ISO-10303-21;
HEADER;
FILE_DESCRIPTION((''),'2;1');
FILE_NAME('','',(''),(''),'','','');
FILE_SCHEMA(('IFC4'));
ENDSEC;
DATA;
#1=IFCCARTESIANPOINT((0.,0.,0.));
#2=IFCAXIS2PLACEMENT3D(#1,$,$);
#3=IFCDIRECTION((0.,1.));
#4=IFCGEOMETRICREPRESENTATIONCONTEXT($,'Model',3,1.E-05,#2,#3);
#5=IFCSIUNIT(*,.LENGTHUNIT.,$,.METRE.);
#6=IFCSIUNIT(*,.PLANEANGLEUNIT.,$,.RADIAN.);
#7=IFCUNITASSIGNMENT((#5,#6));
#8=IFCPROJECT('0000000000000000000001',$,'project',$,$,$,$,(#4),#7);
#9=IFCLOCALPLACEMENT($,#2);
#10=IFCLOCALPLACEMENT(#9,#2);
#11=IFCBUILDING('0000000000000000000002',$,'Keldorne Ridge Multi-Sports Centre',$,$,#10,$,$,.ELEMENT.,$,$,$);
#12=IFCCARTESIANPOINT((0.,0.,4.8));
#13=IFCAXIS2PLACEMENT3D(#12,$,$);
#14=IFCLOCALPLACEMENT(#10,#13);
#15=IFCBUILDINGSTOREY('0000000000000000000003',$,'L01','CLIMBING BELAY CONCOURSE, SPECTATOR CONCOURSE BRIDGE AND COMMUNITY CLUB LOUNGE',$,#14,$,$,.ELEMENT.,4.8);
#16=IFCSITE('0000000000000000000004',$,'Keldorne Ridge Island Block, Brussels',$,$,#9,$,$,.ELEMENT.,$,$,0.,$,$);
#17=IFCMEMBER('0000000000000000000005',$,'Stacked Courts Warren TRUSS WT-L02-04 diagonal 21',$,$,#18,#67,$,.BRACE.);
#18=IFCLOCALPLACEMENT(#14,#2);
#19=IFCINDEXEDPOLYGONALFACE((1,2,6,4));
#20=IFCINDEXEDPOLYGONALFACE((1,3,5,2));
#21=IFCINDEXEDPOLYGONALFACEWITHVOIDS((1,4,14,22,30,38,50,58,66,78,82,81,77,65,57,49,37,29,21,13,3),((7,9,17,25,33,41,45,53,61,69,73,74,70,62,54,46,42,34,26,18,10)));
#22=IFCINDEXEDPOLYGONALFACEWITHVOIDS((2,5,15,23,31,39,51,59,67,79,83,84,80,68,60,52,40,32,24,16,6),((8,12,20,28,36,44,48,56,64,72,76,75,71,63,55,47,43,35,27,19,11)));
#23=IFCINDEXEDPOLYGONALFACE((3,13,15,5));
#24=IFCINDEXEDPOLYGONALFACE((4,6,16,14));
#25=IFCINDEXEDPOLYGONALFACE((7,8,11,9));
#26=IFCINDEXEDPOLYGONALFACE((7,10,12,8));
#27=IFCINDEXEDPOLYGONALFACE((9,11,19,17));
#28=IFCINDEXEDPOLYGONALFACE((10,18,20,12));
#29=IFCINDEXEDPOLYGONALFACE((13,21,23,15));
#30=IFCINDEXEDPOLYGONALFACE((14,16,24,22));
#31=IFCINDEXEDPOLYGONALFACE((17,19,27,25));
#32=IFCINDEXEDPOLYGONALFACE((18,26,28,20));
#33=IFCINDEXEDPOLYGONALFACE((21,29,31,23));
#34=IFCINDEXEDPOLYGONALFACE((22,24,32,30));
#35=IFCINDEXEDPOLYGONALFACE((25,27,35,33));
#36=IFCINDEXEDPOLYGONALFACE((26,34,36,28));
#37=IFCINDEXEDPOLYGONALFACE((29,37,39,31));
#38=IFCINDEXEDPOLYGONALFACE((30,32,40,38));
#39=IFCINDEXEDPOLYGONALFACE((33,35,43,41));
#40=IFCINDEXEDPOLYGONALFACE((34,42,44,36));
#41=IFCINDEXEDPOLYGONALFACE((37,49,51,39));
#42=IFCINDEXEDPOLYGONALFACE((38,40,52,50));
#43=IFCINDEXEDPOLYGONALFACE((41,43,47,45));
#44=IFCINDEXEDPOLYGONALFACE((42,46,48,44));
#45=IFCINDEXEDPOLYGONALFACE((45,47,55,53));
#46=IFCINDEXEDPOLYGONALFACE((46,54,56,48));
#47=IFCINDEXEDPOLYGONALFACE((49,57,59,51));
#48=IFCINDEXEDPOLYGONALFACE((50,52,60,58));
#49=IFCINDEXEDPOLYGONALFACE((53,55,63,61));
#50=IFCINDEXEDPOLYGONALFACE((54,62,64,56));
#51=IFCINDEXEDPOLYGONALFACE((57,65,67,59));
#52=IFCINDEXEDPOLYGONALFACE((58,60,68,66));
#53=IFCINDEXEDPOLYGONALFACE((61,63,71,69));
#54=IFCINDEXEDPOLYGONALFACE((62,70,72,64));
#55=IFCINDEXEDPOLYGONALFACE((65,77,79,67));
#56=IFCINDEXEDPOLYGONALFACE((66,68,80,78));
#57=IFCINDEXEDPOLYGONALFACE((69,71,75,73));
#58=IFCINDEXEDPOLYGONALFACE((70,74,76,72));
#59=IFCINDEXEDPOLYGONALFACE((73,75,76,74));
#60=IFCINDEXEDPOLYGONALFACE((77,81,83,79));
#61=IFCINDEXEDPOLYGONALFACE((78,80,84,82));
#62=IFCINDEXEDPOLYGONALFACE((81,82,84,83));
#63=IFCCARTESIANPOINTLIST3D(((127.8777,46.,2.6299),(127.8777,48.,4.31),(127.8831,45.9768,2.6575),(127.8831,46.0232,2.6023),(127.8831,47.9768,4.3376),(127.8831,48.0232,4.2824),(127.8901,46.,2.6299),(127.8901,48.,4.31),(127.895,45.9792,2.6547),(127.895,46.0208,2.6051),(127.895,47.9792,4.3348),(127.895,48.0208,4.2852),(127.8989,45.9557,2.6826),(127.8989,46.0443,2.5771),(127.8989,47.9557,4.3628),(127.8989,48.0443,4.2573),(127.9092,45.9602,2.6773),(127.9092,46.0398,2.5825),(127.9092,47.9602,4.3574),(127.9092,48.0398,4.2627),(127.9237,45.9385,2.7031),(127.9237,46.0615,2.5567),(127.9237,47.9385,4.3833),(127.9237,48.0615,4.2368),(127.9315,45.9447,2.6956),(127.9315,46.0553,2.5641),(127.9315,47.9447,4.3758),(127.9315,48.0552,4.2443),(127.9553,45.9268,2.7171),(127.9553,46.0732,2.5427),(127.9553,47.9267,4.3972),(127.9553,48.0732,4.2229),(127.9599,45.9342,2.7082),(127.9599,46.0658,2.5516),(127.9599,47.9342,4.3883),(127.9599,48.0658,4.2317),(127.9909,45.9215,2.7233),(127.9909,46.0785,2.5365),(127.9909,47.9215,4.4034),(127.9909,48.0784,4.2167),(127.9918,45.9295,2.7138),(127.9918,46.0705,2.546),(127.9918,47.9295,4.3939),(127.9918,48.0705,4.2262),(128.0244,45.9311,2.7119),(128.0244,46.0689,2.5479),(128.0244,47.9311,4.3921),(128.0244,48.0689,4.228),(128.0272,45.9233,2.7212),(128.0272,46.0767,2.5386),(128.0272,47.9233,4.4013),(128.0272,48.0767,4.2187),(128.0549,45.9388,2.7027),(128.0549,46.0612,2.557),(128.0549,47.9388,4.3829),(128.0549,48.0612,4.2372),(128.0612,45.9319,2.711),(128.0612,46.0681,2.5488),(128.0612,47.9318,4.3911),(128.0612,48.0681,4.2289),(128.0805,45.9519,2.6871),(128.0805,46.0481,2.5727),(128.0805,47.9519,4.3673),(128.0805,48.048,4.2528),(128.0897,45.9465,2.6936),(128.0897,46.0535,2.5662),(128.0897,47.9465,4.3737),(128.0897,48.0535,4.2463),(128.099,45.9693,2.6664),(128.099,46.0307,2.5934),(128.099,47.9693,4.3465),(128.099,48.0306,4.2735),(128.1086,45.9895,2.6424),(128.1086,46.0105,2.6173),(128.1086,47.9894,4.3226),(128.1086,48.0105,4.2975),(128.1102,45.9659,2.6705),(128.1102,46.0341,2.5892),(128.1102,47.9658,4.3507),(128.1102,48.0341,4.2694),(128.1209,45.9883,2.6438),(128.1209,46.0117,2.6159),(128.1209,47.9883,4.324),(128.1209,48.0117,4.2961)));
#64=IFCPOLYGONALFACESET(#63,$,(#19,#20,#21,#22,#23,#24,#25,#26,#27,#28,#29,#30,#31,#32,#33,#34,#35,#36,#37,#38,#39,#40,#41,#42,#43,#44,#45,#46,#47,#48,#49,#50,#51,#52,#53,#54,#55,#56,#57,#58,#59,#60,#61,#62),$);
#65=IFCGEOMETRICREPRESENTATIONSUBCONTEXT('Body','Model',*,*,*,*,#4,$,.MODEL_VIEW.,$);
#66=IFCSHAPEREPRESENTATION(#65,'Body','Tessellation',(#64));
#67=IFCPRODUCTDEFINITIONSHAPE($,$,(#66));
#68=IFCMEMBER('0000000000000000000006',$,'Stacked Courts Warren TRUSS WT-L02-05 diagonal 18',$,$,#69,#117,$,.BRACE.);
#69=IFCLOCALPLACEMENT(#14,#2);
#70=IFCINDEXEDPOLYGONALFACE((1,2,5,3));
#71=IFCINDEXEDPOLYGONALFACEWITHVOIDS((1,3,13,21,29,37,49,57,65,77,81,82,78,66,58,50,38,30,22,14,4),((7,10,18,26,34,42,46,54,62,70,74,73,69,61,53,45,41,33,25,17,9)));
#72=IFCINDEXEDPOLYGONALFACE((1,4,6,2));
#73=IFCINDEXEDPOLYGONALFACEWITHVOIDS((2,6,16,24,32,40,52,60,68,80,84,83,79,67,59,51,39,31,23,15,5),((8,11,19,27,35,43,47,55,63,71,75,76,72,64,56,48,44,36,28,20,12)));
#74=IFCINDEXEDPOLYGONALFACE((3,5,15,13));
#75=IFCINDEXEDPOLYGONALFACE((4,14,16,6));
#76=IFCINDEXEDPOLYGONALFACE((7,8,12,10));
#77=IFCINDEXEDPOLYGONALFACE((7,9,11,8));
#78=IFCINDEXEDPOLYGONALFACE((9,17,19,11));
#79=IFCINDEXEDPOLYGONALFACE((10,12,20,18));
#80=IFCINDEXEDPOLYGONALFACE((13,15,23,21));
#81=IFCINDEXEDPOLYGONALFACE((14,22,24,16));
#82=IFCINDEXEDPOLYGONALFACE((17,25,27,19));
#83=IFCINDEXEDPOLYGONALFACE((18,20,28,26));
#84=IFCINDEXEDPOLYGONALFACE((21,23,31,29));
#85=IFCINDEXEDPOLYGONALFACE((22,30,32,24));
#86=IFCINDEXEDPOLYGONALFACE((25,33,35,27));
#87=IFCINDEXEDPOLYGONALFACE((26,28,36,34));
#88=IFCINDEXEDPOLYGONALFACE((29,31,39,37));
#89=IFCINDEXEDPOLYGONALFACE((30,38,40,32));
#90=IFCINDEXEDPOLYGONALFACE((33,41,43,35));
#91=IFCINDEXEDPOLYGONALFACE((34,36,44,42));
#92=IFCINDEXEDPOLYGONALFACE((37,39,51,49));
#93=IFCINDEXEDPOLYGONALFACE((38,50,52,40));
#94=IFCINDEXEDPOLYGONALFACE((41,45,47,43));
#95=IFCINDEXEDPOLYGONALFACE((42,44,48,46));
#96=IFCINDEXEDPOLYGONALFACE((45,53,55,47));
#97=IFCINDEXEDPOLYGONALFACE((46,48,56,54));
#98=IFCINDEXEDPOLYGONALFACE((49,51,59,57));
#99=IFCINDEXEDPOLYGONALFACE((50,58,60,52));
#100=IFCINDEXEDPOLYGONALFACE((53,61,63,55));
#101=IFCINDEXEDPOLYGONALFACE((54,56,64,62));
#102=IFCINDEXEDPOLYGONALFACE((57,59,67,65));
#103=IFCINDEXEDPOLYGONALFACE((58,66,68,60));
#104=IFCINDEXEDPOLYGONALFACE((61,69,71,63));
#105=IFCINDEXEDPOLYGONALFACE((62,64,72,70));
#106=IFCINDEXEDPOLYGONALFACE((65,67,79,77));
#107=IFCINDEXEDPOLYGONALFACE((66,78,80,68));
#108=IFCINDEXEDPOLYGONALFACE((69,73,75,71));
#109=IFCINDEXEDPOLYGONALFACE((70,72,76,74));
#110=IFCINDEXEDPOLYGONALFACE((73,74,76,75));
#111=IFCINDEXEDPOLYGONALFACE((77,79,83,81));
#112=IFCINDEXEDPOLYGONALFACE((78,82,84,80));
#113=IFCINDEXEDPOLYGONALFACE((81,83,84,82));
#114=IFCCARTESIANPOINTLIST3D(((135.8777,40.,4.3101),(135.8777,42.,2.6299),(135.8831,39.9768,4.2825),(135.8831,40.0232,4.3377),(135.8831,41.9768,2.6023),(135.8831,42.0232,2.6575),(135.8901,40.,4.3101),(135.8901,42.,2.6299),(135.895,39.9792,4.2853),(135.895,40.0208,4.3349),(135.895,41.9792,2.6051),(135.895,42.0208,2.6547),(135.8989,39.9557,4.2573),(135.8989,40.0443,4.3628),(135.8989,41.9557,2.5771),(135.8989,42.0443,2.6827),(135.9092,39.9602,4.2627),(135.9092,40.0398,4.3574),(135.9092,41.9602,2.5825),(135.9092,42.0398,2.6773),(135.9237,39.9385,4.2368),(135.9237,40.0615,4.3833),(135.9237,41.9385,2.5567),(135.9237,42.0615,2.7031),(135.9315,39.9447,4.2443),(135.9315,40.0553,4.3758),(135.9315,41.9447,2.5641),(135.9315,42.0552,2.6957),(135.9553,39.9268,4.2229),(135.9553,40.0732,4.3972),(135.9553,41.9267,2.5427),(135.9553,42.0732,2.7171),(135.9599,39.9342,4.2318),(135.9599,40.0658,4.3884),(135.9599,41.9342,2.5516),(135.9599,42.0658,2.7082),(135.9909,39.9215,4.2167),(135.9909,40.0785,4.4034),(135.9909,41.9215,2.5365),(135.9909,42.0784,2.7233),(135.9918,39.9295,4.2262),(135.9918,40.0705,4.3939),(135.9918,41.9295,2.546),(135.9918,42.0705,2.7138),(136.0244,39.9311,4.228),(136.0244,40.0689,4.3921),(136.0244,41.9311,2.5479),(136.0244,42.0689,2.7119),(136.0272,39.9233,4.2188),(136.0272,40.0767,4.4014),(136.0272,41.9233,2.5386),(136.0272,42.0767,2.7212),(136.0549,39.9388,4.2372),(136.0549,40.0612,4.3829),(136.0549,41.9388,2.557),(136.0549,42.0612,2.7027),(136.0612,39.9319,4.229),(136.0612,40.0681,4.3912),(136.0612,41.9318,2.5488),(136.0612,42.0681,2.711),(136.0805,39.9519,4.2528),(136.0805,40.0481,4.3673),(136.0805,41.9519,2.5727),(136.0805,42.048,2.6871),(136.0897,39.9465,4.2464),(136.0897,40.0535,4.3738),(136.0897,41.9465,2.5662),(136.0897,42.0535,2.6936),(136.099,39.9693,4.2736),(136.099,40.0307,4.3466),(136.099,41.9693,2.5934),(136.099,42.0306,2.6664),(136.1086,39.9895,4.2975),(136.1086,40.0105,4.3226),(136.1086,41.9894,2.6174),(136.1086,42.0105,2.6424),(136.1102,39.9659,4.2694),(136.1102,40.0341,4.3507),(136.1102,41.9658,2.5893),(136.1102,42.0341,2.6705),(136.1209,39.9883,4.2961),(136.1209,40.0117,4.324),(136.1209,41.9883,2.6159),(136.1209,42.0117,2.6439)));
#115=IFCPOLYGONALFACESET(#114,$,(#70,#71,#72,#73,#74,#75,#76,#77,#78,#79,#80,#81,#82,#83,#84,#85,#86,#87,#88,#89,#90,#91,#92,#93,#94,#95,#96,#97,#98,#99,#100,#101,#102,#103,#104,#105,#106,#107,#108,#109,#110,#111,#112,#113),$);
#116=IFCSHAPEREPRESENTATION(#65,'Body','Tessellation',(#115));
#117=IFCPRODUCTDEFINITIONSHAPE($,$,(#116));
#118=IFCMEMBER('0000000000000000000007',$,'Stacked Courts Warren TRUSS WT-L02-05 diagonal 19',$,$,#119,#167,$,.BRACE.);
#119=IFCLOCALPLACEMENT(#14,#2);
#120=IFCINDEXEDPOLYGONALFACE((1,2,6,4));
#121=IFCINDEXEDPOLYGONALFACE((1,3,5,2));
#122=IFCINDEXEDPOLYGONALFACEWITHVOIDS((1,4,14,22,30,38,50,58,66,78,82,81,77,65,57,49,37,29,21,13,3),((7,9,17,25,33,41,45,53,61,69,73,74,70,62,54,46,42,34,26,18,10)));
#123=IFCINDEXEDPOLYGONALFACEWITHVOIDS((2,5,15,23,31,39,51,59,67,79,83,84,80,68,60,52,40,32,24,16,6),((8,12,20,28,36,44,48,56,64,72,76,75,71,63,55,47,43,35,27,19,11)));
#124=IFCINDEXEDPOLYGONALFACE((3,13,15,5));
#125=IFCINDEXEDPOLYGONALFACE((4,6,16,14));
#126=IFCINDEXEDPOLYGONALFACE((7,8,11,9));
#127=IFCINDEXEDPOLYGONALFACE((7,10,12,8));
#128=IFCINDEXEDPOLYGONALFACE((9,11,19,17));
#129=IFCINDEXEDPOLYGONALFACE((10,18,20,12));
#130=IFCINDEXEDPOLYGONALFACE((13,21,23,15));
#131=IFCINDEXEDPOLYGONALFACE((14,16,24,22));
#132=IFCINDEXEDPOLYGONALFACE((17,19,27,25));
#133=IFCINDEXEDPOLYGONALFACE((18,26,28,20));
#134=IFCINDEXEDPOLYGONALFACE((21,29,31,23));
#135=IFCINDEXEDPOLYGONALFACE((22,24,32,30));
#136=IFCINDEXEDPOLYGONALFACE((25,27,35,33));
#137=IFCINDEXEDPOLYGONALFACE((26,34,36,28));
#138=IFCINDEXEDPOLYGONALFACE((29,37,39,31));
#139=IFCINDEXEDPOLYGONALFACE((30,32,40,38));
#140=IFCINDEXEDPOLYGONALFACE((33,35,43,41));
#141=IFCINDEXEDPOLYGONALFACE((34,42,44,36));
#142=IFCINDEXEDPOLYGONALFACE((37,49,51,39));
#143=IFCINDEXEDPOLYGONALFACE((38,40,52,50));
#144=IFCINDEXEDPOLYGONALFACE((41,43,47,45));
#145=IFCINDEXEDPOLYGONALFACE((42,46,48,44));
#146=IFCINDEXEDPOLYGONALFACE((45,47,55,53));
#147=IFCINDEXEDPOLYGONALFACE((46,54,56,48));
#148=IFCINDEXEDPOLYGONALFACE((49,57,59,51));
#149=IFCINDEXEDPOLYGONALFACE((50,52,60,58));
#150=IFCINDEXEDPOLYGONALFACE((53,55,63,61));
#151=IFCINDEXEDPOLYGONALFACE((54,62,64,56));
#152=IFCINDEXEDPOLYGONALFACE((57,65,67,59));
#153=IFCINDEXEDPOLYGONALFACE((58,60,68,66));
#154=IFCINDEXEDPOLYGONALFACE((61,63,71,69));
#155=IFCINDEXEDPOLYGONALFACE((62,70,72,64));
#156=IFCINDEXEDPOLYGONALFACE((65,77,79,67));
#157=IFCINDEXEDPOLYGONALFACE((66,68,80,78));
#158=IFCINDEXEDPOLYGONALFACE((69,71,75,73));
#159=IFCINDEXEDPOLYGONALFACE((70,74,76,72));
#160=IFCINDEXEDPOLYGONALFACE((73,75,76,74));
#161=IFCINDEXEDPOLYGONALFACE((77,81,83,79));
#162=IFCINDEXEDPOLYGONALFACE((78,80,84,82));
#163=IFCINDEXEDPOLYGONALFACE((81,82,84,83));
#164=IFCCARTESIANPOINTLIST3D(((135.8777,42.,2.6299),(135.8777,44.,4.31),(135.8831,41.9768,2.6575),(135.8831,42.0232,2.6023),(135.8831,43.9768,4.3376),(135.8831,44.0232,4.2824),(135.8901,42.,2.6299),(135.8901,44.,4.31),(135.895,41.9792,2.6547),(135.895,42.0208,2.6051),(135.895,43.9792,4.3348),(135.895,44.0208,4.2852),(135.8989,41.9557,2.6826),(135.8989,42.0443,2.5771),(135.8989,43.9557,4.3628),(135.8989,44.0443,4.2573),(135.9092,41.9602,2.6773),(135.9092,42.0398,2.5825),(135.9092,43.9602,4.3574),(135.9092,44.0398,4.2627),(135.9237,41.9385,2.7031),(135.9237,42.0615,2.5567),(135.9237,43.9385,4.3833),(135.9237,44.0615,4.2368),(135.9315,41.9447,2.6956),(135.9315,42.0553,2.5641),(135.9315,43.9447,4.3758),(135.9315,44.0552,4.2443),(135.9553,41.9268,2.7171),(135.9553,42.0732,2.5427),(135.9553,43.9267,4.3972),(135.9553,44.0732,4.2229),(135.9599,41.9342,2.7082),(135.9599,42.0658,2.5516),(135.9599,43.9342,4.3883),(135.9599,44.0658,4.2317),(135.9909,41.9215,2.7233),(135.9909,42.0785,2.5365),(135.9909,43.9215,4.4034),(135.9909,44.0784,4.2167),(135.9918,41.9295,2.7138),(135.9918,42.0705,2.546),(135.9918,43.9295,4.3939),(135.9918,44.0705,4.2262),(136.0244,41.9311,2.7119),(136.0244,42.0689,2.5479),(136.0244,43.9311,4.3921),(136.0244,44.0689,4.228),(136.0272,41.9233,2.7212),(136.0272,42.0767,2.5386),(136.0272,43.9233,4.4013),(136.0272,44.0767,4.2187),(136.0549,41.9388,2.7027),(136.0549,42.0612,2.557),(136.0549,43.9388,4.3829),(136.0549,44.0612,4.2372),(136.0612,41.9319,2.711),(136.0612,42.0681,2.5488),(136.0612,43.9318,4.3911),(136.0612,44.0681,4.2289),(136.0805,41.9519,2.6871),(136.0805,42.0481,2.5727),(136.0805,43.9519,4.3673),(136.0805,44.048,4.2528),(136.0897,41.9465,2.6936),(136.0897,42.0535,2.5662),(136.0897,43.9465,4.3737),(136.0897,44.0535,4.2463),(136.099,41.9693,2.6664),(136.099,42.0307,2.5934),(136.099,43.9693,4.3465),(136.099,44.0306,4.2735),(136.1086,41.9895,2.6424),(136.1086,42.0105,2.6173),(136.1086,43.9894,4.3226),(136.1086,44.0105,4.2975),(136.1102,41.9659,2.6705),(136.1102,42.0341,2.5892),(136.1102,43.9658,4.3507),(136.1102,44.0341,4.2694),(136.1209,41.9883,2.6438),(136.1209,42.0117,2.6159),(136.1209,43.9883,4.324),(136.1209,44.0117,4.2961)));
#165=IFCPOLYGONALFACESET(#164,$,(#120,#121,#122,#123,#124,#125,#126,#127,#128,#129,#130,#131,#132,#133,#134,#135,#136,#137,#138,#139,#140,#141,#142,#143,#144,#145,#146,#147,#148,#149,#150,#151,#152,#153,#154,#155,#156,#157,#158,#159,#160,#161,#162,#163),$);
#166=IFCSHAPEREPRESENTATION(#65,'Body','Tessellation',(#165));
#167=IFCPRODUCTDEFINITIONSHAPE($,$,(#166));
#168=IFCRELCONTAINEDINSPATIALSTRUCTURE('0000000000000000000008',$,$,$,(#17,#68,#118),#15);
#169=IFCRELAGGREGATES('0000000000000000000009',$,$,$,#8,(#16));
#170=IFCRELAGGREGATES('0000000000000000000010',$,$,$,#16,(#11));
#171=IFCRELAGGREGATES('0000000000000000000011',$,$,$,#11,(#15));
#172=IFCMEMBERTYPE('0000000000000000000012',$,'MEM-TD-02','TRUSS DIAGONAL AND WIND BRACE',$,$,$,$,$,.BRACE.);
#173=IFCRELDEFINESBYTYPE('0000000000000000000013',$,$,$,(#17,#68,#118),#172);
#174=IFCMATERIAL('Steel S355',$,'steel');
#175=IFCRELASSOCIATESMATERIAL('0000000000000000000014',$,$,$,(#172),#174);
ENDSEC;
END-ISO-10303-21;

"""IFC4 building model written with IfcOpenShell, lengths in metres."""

from ifc_helpers import new_model, si_unit, direction, frame, origin, origin_2d, place, context, subcontext, project, spatial, hollow_circle, extrude, material, material_profile, profile_set, type_object, element, save


model = new_model("IFC4")

# Units and contexts
model_context = context("Model", 3, precision=1e-05, world=origin(), true_north=direction((0.0, 1.0)))
body_context = subcontext(model_context, "Body", "Model", "MODEL_VIEW")
ifc_project = project(units=[si_unit("LENGTHUNIT", "METRE"), si_unit("PLANEANGLEUNIT", "RADIAN")], contexts=[model_context])

# Site, building, storey
site_placement = place(None, origin())
site = spatial("IfcSite", under=ifc_project, at=site_placement, Name="Keldorne Ridge Island Block, Brussels", CompositionType="ELEMENT", RefElevation=0.0)
building_placement = place(site_placement, origin())
building = spatial("IfcBuilding", under=site, at=building_placement, Name="Keldorne Ridge Multi-Sports Centre", CompositionType="ELEMENT")
storey_placement = place(building_placement, frame((0.0, 0.0, 4.8)))
storey = spatial("IfcBuildingStorey", under=building, at=storey_placement, Name="L01", Description="CLIMBING BELAY CONCOURSE, SPECTATOR CONCOURSE BRIDGE AND COMMUNITY CLUB LOUNGE", CompositionType="ELEMENT", Elevation=4.8)

# Members
ifc_material = material(Name="Steel S355", Category="steel")
ifc_material_profile_1 = material_profile(ifc_material, hollow_circle(Radius=0.1223, WallThickness=0.0125, at=origin_2d()), Name="CHS 244.5x12.5")
ifc_profile_set_1 = profile_set([ifc_material_profile_1], Name="Steel S355")
member_type_1 = type_object("IfcMemberType", Name="MEM-TD-02", Description="TRUSS DIAGONAL AND WIND BRACE", PredefinedType="BRACE", material=ifc_profile_set_1)
for number, where, z_axis, x_axis, name in (
    (1, (128.0, 46.0, 2.6299), (0.0, 0.765672, 0.643232), (-1.0, 0.0, 0.0), "Stacked Courts Warren TRUSS WT-L02-04 diagonal 21"),
    (2, (136.0, 40.0, 4.3101), (0.0, 0.765672, -0.643232), (-1.0, 0.0, 0.0), "Stacked Courts Warren TRUSS WT-L02-05 diagonal 18"),
    (3, (136.0, 42.0, 2.6299), (0.0, 0.765672, 0.643232), (-1.0, 0.0, 0.0), "Stacked Courts Warren TRUSS WT-L02-05 diagonal 19"),
):
    element("IfcMember", number, at=place(storey_placement, frame(where, z_axis=z_axis, x_axis=x_axis)), inside=storey, type_object=member_type_1, Name=name, PredefinedType="BRACE", context=body_context, shape_type="SweptSolid", body=[
        extrude(hollow_circle(Radius=0.1223, WallThickness=0.0125, at=origin_2d()), origin(), (0.0, 0.0, 1.0), 2.6121),
    ])

save(model, "model.ifc")
